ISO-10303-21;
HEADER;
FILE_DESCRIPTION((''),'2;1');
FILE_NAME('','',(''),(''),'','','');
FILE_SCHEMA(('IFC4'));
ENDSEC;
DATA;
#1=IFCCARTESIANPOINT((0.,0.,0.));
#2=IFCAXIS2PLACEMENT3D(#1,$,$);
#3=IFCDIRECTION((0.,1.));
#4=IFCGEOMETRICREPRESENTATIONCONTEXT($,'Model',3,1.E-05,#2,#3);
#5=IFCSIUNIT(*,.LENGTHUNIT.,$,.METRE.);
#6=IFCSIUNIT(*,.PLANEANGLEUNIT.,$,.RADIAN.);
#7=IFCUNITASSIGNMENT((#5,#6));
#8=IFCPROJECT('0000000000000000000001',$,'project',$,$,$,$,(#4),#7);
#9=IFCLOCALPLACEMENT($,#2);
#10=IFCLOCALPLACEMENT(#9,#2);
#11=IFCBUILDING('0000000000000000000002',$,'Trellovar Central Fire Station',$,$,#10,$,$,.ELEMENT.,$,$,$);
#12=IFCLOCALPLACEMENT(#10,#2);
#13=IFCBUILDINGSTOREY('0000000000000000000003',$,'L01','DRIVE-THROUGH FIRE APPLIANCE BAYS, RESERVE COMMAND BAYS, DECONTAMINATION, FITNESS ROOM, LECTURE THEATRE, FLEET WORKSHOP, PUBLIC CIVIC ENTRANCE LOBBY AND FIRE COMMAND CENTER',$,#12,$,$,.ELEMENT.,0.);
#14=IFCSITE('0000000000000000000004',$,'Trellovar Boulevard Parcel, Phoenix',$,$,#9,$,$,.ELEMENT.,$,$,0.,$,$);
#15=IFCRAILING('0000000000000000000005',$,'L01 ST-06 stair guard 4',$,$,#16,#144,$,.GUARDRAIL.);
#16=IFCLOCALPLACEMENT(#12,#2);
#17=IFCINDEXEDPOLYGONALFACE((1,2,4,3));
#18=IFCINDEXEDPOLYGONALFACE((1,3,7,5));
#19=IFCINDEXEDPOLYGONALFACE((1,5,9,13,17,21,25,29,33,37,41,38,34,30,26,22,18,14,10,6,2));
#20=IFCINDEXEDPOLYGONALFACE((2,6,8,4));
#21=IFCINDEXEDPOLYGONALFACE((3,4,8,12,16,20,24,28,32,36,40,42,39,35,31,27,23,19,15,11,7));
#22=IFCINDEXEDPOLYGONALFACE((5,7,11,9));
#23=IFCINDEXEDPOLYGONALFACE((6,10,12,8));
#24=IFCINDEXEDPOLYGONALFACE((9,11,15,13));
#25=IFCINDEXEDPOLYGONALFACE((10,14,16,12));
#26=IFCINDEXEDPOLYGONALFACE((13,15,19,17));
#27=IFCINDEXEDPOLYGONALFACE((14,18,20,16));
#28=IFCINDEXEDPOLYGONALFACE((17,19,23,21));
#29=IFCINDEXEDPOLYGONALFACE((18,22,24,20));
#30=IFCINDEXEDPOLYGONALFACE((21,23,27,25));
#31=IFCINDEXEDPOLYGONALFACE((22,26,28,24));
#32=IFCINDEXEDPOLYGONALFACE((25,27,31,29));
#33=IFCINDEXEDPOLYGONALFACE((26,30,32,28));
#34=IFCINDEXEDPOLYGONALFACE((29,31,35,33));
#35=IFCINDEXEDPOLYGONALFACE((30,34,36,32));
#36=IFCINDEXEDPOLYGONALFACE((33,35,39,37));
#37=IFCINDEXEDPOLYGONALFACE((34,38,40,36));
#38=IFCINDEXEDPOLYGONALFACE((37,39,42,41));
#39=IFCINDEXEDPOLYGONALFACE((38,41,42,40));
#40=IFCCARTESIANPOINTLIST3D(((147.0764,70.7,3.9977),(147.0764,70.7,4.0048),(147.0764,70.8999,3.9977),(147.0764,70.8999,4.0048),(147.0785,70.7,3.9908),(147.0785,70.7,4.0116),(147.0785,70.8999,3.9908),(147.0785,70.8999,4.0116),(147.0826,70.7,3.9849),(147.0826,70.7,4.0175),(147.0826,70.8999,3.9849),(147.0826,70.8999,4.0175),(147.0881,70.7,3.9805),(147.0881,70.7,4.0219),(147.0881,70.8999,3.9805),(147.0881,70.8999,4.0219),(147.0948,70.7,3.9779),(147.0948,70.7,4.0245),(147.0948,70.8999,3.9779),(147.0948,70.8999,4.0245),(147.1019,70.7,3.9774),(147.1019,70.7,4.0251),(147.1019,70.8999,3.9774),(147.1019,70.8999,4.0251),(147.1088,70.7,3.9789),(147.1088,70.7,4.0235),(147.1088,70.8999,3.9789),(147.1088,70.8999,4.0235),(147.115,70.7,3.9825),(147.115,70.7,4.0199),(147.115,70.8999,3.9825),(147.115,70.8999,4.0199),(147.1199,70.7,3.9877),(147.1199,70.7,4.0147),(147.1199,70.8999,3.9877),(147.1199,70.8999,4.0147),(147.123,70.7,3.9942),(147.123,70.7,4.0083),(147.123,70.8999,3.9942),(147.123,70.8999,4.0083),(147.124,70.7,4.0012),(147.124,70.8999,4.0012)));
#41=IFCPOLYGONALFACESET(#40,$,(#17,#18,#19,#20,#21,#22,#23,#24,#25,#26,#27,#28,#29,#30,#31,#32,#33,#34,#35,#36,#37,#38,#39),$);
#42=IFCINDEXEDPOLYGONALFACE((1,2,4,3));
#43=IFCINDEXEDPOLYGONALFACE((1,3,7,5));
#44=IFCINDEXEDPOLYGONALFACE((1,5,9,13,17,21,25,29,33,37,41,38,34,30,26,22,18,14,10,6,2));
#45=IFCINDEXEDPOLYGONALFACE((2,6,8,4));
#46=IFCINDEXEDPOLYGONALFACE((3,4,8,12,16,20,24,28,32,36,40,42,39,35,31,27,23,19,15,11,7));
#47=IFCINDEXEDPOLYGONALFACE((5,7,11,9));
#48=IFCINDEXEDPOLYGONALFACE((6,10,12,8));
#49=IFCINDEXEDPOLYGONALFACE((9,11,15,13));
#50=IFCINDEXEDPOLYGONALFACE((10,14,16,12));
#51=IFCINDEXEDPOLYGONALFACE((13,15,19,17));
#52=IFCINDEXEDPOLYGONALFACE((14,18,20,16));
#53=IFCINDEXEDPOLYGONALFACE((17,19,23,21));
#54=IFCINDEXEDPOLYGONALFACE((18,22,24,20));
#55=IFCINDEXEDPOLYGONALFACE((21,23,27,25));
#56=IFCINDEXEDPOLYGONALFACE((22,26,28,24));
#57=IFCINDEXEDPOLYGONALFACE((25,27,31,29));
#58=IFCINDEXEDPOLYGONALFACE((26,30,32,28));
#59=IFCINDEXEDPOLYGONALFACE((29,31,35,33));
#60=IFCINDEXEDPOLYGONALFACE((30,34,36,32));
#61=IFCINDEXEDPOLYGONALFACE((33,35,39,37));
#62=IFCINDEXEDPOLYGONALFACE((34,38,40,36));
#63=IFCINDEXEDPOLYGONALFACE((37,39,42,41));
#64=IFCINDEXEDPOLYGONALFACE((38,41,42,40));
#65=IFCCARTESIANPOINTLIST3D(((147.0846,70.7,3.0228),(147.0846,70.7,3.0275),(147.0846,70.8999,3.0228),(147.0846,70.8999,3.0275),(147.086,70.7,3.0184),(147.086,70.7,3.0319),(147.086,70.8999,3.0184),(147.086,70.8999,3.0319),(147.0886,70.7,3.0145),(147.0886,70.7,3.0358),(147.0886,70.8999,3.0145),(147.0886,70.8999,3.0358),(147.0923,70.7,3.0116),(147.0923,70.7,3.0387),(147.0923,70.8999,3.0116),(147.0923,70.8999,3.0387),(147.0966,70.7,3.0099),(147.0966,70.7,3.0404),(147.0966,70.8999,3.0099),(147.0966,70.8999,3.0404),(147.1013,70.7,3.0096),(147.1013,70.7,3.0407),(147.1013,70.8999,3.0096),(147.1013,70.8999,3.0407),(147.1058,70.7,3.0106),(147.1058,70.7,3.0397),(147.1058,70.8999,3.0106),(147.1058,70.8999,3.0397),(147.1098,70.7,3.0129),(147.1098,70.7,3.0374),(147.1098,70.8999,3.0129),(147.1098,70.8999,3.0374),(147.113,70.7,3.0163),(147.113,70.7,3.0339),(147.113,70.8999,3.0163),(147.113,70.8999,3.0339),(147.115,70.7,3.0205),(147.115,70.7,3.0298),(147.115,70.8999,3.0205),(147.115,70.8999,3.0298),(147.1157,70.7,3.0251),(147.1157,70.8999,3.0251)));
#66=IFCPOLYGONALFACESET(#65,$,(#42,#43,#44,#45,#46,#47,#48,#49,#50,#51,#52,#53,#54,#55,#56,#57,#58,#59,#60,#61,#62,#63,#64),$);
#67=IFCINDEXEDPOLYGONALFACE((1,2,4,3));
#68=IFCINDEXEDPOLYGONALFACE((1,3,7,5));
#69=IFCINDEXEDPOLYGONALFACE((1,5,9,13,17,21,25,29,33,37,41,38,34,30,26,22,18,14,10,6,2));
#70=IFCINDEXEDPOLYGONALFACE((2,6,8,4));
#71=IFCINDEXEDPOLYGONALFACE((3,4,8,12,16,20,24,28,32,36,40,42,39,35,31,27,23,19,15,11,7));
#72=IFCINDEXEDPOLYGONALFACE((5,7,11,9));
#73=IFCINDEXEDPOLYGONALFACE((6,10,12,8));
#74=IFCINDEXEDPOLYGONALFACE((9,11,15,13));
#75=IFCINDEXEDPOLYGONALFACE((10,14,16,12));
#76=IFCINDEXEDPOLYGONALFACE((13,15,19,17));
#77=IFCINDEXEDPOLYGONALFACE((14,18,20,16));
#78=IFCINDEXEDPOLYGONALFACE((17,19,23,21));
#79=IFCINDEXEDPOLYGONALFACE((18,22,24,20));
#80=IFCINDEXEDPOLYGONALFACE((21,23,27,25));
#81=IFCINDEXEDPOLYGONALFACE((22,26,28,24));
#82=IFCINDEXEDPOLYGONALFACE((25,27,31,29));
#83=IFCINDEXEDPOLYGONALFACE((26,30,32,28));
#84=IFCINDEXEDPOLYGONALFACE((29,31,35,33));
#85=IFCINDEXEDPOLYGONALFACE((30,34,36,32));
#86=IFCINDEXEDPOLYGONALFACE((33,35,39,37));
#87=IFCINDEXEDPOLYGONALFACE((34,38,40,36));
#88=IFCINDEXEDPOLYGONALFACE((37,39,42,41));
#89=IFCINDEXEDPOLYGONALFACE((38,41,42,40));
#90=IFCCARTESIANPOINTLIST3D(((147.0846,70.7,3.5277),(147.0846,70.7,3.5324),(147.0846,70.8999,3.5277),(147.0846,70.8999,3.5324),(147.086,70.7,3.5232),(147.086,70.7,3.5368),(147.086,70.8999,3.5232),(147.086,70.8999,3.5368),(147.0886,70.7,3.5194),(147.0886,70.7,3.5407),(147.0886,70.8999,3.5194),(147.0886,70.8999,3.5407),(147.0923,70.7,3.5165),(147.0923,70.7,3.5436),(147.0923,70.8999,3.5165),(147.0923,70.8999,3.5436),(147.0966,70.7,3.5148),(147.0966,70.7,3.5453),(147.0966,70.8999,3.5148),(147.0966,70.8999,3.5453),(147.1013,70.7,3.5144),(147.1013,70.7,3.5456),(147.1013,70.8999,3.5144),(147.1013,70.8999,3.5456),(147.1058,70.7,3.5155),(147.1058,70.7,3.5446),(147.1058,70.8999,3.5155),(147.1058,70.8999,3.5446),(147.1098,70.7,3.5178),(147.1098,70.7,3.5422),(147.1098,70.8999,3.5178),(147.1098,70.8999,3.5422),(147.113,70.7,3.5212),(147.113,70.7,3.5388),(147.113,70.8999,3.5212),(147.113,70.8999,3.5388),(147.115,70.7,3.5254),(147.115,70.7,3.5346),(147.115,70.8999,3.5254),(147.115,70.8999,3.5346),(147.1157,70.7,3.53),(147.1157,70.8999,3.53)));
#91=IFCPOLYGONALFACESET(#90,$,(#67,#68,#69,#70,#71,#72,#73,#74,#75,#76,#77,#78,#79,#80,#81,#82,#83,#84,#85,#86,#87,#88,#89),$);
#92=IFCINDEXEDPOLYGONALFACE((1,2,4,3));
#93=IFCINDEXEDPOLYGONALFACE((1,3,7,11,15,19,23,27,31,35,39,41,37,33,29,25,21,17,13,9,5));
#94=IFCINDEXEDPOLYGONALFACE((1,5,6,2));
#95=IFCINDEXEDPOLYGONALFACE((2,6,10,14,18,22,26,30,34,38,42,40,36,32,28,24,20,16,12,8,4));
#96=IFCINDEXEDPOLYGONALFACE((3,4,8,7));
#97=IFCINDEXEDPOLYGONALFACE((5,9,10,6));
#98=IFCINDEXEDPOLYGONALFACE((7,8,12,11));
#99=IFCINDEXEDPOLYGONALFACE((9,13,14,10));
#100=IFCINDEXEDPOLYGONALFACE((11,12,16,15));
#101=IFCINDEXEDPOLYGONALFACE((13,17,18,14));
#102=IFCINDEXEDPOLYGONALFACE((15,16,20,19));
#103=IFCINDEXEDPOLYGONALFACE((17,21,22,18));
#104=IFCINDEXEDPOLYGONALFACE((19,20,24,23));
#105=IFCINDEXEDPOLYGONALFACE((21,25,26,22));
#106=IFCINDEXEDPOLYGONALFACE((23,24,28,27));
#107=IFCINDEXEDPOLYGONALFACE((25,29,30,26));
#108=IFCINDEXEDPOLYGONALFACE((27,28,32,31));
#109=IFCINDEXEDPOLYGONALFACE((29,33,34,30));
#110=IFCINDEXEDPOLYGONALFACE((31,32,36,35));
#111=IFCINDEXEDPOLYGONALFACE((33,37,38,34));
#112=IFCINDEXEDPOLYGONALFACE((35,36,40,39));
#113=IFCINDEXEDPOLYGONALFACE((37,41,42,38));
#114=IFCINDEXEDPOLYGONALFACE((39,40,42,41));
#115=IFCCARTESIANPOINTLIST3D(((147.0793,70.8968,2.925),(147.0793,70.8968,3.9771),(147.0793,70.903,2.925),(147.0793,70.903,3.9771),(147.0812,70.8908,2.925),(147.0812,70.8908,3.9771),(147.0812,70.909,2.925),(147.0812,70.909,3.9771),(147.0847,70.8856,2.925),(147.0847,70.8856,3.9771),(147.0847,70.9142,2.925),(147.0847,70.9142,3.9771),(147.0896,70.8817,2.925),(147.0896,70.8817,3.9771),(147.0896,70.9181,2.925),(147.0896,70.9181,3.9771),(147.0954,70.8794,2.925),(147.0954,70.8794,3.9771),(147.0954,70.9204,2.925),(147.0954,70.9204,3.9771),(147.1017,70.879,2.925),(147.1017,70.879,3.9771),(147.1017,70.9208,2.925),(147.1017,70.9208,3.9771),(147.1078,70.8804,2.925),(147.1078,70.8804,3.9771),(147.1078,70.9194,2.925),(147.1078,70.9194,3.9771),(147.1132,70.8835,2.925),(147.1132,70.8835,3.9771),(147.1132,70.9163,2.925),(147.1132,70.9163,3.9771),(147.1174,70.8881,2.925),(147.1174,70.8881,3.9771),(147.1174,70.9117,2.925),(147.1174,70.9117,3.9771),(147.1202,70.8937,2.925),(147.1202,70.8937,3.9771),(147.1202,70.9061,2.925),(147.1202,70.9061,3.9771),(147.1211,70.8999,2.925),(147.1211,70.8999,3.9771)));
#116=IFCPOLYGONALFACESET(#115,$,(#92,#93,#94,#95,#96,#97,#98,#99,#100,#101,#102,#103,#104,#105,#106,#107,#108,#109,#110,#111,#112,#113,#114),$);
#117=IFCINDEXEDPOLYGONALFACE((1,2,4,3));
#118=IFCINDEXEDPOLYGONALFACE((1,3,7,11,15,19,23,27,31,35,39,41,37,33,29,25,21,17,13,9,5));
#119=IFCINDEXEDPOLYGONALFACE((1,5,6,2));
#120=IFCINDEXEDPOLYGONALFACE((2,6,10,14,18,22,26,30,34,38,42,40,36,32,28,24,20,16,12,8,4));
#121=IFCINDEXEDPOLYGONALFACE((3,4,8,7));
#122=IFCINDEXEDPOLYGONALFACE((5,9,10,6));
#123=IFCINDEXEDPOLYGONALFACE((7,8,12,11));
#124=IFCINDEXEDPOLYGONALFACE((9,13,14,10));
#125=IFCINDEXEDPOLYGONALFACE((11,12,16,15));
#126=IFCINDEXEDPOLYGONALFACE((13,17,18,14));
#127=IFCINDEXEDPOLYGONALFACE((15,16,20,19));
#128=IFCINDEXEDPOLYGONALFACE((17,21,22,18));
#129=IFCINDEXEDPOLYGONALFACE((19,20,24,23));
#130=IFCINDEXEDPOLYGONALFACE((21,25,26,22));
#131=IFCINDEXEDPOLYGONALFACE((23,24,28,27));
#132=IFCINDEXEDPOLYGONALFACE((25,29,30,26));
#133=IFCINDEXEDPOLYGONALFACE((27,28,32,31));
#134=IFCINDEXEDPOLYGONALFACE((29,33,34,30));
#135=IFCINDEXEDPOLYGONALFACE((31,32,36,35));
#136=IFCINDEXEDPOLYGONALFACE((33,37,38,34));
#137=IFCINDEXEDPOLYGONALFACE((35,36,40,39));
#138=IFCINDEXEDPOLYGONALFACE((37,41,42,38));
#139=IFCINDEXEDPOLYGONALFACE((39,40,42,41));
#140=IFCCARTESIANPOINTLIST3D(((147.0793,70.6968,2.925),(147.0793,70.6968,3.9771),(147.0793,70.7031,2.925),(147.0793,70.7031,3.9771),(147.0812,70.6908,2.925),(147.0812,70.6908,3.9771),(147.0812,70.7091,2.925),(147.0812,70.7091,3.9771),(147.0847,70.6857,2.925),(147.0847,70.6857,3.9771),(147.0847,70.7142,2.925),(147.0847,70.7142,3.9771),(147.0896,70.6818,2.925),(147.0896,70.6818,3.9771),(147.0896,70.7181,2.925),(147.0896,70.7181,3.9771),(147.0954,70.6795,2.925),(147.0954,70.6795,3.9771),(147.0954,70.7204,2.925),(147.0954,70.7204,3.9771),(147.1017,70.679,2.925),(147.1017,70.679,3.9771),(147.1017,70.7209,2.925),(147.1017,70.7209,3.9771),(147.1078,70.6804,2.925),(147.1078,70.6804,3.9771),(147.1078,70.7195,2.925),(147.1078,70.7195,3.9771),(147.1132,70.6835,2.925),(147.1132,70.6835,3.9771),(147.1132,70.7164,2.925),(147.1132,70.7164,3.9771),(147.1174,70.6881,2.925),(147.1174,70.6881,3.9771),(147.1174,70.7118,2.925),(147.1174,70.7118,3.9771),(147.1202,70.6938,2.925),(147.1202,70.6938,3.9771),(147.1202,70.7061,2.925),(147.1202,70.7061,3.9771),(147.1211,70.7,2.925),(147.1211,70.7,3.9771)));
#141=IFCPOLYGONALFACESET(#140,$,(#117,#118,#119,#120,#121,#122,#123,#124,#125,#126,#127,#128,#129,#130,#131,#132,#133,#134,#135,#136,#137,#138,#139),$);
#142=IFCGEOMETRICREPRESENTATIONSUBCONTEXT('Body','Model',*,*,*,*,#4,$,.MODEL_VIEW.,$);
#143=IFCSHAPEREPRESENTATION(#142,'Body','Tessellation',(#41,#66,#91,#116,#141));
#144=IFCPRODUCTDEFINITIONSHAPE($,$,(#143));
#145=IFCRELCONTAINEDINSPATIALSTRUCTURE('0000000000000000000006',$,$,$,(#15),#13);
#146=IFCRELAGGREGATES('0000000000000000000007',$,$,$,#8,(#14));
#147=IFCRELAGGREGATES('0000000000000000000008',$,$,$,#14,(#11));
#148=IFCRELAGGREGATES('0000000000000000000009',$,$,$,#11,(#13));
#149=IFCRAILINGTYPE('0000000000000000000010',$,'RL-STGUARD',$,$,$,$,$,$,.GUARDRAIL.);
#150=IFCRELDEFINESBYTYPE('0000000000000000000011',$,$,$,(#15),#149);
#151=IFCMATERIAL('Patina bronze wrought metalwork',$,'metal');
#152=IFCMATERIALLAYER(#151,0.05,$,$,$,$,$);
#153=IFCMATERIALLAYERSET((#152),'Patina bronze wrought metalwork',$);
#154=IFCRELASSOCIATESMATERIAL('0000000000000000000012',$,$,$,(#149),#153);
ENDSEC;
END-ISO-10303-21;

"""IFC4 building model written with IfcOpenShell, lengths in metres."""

from ifc_helpers import new_model, si_unit, direction, frame, origin, origin_2d, place, context, subcontext, project, spatial, circle, extrude, material, layer, layer_set, type_object, element, save


model = new_model("IFC4")

# Units and contexts
model_context = context("Model", 3, precision=1e-05, world=origin(), true_north=direction((0.0, 1.0)))
body_context = subcontext(model_context, "Body", "Model", "MODEL_VIEW")
ifc_project = project(units=[si_unit("LENGTHUNIT", "METRE"), si_unit("PLANEANGLEUNIT", "RADIAN")], contexts=[model_context])

# Site, building, storey
site_placement = place(None, origin())
site = spatial("IfcSite", under=ifc_project, at=site_placement, Name="Trellovar Boulevard Parcel, Phoenix", CompositionType="ELEMENT", RefElevation=0.0)
building_placement = place(site_placement, origin())
building = spatial("IfcBuilding", under=site, at=building_placement, Name="Trellovar Central Fire Station", CompositionType="ELEMENT")
storey_placement = place(building_placement, origin())
storey = spatial("IfcBuildingStorey", under=building, at=storey_placement, Name="L01", Description="DRIVE-THROUGH FIRE APPLIANCE BAYS, RESERVE COMMAND BAYS, DECONTAMINATION, FITNESS ROOM, LECTURE THEATRE, FLEET WORKSHOP, PUBLIC CIVIC ENTRANCE LOBBY AND FIRE COMMAND CENTER", CompositionType="ELEMENT", Elevation=0.0)

# Railing
ifc_material_1 = material(Name="Patina bronze wrought metalwork", Category="metal")
ifc_layer_1 = layer(ifc_material_1, 0.05)
ifc_layer_set_1 = layer_set([ifc_layer_1], Name="Patina bronze wrought metalwork")
railing_type_1 = type_object("IfcRailingType", Name="RL-STGUARD", PredefinedType="GUARDRAIL", material=ifc_layer_set_1)
railing_1_placement = place(storey_placement, frame((147.1001, 70.8999, 2.925)))
element("IfcRailing", 1, at=railing_1_placement, inside=storey, type_object=railing_type_1, Name="L01 ST-06 stair guard 4", PredefinedType="GUARDRAIL", context=body_context, shape_type="SweptSolid", body=[
    extrude(circle(Radius=0.0239, at=origin_2d()), frame((0.0, 0.0, 1.0762), z_axis=(0.0, -1.0, 0.0), x_axis=(1.0, 0.0, 0.0)), (0.0, 0.0, 1.0), 0.2),
    extrude(circle(Radius=0.0156, at=origin_2d()), frame((0.0, 0.0, 0.1001), z_axis=(0.0, -1.0, 0.0), x_axis=(1.0, 0.0, 0.0)), (0.0, 0.0, 1.0), 0.2),
    extrude(circle(Radius=0.0156, at=origin_2d()), frame((0.0, 0.0, 0.605), z_axis=(0.0, -1.0, 0.0), x_axis=(1.0, 0.0, 0.0)), (0.0, 0.0, 1.0), 0.2),
    extrude(circle(Radius=0.021, at=origin_2d()), origin(), (0.0, 0.0, 1.0), 1.052),
    extrude(circle(Radius=0.021, at=origin_2d()), frame((0.0, -0.2, 0.0)), (0.0, 0.0, 1.0), 1.052),
])

save(model, "model.ifc")
